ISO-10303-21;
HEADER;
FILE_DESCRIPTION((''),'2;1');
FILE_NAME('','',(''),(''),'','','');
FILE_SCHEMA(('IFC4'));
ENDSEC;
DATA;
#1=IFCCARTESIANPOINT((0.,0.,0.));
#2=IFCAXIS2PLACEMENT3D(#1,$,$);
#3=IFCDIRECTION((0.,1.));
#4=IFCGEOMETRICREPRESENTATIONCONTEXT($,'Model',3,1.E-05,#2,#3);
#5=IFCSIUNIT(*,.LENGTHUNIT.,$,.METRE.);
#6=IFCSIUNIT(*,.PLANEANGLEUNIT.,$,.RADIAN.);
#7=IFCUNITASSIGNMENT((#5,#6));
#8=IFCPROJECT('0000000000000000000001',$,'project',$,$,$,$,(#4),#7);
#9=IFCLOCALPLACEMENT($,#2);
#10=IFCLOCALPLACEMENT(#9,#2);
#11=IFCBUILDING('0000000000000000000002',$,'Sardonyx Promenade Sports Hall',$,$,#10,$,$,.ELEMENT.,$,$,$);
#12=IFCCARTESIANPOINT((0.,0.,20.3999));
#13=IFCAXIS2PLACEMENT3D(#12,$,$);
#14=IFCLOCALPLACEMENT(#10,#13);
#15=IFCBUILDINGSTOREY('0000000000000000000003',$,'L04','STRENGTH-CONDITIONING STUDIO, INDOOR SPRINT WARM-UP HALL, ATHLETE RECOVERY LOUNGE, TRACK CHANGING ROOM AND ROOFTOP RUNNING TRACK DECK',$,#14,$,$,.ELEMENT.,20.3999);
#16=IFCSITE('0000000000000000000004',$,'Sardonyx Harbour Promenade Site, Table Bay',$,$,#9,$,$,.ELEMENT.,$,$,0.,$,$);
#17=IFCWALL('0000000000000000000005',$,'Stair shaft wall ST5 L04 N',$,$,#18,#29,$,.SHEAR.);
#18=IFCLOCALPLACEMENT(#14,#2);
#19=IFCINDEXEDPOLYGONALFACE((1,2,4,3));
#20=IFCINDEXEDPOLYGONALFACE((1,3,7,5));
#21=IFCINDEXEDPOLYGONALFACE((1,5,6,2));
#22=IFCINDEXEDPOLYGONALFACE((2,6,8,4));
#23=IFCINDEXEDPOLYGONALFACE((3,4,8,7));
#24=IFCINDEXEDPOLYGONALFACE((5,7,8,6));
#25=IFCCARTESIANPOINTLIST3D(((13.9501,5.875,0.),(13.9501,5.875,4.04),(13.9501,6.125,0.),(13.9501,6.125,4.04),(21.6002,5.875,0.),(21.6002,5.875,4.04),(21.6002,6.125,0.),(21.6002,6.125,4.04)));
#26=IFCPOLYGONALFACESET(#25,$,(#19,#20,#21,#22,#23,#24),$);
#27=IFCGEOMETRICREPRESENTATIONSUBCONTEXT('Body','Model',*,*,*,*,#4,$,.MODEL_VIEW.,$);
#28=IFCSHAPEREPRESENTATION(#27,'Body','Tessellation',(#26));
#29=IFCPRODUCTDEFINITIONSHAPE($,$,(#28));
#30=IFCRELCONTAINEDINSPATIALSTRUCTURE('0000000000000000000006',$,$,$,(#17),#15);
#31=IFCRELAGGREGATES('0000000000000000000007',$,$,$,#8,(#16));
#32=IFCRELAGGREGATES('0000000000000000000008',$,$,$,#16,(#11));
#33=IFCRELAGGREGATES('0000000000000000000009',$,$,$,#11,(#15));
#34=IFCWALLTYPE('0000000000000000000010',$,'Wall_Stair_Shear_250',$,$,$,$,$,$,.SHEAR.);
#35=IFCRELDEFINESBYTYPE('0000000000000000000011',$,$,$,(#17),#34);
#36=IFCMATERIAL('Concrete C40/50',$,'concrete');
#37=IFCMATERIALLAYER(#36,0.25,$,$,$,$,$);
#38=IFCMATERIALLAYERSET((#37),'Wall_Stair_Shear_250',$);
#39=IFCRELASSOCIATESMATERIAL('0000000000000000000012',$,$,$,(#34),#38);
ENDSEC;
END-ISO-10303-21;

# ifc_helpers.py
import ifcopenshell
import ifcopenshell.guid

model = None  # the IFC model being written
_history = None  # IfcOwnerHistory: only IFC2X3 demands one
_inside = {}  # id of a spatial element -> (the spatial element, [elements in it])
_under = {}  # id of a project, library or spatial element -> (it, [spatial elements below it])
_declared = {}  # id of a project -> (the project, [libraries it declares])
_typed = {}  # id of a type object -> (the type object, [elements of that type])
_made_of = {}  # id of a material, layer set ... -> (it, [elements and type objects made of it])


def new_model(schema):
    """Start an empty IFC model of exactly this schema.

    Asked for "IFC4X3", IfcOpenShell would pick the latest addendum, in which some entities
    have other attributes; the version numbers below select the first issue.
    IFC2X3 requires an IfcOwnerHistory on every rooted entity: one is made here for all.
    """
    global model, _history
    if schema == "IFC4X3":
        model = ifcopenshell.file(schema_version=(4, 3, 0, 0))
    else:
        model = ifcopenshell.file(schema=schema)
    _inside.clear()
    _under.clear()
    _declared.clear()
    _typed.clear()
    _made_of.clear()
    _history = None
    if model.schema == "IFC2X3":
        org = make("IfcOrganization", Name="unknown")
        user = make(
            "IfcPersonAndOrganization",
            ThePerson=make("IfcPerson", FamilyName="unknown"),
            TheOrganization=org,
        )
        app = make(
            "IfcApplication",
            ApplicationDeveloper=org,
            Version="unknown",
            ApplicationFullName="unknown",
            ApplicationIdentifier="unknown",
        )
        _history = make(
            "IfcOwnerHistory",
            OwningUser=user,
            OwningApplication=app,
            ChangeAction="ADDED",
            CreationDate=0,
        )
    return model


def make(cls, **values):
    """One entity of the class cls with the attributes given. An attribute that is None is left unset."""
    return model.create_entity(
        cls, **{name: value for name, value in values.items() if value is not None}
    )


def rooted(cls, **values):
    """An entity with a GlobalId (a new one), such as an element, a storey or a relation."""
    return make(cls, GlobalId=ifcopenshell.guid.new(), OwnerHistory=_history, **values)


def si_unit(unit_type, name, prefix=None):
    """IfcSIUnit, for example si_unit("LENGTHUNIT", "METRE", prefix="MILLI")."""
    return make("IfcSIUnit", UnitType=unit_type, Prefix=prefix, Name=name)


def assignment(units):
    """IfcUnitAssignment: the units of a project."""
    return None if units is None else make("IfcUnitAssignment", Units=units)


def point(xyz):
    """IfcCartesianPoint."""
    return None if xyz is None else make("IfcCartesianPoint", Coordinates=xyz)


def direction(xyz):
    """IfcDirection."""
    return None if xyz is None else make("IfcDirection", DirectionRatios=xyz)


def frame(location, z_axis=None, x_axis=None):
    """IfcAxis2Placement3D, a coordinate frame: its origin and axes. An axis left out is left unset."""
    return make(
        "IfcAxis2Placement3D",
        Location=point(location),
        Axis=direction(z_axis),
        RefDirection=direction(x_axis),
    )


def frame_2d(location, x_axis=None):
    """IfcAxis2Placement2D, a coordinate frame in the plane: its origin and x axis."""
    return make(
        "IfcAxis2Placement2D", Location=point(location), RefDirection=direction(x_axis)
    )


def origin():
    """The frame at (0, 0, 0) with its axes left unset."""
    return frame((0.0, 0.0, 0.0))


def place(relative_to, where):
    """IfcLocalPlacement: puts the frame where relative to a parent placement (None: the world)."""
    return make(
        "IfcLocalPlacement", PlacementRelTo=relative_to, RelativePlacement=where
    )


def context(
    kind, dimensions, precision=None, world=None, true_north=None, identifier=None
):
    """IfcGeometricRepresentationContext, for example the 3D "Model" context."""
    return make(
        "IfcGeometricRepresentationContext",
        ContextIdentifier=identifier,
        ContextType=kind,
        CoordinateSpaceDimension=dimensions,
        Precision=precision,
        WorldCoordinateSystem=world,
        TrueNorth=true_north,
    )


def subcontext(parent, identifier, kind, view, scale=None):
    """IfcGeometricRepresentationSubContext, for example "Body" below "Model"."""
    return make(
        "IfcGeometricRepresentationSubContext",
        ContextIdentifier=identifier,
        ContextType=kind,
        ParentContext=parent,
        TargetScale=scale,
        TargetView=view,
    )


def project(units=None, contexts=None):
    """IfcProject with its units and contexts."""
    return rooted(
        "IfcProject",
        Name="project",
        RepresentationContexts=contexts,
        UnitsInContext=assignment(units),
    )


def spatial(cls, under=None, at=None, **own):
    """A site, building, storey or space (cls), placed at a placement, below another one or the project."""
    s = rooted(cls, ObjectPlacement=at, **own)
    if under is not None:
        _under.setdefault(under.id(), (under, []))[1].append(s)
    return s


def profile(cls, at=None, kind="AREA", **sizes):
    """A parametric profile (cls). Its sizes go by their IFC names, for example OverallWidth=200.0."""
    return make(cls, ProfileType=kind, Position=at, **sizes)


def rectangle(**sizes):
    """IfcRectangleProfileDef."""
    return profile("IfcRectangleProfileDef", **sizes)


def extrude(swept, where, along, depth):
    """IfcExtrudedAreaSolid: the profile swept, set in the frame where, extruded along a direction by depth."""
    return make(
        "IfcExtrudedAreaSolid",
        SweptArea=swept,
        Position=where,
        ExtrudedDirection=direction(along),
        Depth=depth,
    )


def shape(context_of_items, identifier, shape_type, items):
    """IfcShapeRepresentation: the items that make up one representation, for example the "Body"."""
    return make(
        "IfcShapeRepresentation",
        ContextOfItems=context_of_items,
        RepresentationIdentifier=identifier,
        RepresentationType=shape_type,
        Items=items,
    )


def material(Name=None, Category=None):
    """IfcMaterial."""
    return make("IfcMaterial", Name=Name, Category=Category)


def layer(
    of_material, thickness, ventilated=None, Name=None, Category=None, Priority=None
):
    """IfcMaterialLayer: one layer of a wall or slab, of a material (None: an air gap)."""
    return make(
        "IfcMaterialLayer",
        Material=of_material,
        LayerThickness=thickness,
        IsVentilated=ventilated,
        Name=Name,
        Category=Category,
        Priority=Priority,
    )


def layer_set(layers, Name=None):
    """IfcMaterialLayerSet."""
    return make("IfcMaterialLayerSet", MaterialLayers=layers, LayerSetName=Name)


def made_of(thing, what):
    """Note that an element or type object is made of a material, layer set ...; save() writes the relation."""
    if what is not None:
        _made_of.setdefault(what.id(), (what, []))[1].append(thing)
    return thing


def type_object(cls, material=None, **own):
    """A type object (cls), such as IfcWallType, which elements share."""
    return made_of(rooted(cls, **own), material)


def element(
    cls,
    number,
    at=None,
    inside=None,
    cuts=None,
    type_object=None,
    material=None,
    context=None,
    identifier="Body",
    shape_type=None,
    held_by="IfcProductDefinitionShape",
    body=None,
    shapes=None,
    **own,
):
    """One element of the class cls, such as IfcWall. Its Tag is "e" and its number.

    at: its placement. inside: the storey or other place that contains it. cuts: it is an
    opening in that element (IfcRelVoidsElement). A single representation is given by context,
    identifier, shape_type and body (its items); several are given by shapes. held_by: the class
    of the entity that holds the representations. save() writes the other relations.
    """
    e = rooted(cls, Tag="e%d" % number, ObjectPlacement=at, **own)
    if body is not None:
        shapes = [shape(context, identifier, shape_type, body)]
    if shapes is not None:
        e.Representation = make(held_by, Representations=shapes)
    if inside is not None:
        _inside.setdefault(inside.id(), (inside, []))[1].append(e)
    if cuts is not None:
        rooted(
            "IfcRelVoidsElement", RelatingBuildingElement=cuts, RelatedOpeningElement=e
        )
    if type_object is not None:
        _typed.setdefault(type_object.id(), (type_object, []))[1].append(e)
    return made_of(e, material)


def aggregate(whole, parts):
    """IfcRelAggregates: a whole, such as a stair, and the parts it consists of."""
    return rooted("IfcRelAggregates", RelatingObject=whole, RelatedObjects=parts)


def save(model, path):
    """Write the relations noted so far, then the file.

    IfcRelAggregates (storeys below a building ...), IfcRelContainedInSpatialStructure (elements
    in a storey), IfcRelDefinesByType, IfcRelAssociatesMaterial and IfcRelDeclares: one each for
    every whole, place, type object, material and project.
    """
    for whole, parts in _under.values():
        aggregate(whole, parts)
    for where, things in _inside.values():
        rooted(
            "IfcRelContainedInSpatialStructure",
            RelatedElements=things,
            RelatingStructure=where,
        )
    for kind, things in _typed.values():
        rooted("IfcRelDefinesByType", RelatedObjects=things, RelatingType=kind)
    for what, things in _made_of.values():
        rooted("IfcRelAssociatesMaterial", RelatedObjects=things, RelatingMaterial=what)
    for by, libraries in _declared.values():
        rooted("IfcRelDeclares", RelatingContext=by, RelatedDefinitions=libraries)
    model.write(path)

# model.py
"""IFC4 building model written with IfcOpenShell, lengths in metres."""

from ifc_helpers import new_model, si_unit, direction, frame, frame_2d, origin, place, context, subcontext, project, spatial, rectangle, extrude, material, layer, layer_set, type_object, element, save


model = new_model("IFC4")

# Units and contexts
model_context = context("Model", 3, precision=1e-05, world=origin(), true_north=direction((0.0, 1.0)))
body_context = subcontext(model_context, "Body", "Model", "MODEL_VIEW")
ifc_project = project(units=[si_unit("LENGTHUNIT", "METRE"), si_unit("PLANEANGLEUNIT", "RADIAN")], contexts=[model_context])

# Site, building, storey
site_placement = place(None, origin())
site = spatial("IfcSite", under=ifc_project, at=site_placement, Name="Sardonyx Harbour Promenade Site, Table Bay", CompositionType="ELEMENT", RefElevation=0.0)
building_placement = place(site_placement, origin())
building = spatial("IfcBuilding", under=site, at=building_placement, Name="Sardonyx Promenade Sports Hall", CompositionType="ELEMENT")
storey_placement = place(building_placement, frame((0.0, 0.0, 20.3999)))
storey = spatial("IfcBuildingStorey", under=building, at=storey_placement, Name="L04", Description="STRENGTH-CONDITIONING STUDIO, INDOOR SPRINT WARM-UP HALL, ATHLETE RECOVERY LOUNGE, TRACK CHANGING ROOM AND ROOFTOP RUNNING TRACK DECK", CompositionType="ELEMENT", Elevation=20.3999)

# Wall
ifc_material_1 = material(Name="Concrete C40/50", Category="concrete")
ifc_layer_1 = layer(ifc_material_1, 0.25)
ifc_layer_set_1 = layer_set([ifc_layer_1], Name="Wall_Stair_Shear_250")
wall_type_1 = type_object("IfcWallType", Name="Wall_Stair_Shear_250", PredefinedType="SHEAR", material=ifc_layer_set_1)
wall_1_placement = place(storey_placement, frame((13.95, 6.0, 0.0), z_axis=(0.0, 0.0, 1.0), x_axis=(1.0, 0.0, 0.0)))
element("IfcWall", 1, at=wall_1_placement, inside=storey, type_object=wall_type_1, Name="Stair shaft wall ST5 L04 N", PredefinedType="SHEAR", context=body_context, shape_type="SweptSolid", body=[
    extrude(rectangle(XDim=7.6501, YDim=0.25, at=frame_2d((3.8252, 0.0))), origin(), (0.0, 0.0, 1.0), 4.04),
])

save(model, "model.ifc")
